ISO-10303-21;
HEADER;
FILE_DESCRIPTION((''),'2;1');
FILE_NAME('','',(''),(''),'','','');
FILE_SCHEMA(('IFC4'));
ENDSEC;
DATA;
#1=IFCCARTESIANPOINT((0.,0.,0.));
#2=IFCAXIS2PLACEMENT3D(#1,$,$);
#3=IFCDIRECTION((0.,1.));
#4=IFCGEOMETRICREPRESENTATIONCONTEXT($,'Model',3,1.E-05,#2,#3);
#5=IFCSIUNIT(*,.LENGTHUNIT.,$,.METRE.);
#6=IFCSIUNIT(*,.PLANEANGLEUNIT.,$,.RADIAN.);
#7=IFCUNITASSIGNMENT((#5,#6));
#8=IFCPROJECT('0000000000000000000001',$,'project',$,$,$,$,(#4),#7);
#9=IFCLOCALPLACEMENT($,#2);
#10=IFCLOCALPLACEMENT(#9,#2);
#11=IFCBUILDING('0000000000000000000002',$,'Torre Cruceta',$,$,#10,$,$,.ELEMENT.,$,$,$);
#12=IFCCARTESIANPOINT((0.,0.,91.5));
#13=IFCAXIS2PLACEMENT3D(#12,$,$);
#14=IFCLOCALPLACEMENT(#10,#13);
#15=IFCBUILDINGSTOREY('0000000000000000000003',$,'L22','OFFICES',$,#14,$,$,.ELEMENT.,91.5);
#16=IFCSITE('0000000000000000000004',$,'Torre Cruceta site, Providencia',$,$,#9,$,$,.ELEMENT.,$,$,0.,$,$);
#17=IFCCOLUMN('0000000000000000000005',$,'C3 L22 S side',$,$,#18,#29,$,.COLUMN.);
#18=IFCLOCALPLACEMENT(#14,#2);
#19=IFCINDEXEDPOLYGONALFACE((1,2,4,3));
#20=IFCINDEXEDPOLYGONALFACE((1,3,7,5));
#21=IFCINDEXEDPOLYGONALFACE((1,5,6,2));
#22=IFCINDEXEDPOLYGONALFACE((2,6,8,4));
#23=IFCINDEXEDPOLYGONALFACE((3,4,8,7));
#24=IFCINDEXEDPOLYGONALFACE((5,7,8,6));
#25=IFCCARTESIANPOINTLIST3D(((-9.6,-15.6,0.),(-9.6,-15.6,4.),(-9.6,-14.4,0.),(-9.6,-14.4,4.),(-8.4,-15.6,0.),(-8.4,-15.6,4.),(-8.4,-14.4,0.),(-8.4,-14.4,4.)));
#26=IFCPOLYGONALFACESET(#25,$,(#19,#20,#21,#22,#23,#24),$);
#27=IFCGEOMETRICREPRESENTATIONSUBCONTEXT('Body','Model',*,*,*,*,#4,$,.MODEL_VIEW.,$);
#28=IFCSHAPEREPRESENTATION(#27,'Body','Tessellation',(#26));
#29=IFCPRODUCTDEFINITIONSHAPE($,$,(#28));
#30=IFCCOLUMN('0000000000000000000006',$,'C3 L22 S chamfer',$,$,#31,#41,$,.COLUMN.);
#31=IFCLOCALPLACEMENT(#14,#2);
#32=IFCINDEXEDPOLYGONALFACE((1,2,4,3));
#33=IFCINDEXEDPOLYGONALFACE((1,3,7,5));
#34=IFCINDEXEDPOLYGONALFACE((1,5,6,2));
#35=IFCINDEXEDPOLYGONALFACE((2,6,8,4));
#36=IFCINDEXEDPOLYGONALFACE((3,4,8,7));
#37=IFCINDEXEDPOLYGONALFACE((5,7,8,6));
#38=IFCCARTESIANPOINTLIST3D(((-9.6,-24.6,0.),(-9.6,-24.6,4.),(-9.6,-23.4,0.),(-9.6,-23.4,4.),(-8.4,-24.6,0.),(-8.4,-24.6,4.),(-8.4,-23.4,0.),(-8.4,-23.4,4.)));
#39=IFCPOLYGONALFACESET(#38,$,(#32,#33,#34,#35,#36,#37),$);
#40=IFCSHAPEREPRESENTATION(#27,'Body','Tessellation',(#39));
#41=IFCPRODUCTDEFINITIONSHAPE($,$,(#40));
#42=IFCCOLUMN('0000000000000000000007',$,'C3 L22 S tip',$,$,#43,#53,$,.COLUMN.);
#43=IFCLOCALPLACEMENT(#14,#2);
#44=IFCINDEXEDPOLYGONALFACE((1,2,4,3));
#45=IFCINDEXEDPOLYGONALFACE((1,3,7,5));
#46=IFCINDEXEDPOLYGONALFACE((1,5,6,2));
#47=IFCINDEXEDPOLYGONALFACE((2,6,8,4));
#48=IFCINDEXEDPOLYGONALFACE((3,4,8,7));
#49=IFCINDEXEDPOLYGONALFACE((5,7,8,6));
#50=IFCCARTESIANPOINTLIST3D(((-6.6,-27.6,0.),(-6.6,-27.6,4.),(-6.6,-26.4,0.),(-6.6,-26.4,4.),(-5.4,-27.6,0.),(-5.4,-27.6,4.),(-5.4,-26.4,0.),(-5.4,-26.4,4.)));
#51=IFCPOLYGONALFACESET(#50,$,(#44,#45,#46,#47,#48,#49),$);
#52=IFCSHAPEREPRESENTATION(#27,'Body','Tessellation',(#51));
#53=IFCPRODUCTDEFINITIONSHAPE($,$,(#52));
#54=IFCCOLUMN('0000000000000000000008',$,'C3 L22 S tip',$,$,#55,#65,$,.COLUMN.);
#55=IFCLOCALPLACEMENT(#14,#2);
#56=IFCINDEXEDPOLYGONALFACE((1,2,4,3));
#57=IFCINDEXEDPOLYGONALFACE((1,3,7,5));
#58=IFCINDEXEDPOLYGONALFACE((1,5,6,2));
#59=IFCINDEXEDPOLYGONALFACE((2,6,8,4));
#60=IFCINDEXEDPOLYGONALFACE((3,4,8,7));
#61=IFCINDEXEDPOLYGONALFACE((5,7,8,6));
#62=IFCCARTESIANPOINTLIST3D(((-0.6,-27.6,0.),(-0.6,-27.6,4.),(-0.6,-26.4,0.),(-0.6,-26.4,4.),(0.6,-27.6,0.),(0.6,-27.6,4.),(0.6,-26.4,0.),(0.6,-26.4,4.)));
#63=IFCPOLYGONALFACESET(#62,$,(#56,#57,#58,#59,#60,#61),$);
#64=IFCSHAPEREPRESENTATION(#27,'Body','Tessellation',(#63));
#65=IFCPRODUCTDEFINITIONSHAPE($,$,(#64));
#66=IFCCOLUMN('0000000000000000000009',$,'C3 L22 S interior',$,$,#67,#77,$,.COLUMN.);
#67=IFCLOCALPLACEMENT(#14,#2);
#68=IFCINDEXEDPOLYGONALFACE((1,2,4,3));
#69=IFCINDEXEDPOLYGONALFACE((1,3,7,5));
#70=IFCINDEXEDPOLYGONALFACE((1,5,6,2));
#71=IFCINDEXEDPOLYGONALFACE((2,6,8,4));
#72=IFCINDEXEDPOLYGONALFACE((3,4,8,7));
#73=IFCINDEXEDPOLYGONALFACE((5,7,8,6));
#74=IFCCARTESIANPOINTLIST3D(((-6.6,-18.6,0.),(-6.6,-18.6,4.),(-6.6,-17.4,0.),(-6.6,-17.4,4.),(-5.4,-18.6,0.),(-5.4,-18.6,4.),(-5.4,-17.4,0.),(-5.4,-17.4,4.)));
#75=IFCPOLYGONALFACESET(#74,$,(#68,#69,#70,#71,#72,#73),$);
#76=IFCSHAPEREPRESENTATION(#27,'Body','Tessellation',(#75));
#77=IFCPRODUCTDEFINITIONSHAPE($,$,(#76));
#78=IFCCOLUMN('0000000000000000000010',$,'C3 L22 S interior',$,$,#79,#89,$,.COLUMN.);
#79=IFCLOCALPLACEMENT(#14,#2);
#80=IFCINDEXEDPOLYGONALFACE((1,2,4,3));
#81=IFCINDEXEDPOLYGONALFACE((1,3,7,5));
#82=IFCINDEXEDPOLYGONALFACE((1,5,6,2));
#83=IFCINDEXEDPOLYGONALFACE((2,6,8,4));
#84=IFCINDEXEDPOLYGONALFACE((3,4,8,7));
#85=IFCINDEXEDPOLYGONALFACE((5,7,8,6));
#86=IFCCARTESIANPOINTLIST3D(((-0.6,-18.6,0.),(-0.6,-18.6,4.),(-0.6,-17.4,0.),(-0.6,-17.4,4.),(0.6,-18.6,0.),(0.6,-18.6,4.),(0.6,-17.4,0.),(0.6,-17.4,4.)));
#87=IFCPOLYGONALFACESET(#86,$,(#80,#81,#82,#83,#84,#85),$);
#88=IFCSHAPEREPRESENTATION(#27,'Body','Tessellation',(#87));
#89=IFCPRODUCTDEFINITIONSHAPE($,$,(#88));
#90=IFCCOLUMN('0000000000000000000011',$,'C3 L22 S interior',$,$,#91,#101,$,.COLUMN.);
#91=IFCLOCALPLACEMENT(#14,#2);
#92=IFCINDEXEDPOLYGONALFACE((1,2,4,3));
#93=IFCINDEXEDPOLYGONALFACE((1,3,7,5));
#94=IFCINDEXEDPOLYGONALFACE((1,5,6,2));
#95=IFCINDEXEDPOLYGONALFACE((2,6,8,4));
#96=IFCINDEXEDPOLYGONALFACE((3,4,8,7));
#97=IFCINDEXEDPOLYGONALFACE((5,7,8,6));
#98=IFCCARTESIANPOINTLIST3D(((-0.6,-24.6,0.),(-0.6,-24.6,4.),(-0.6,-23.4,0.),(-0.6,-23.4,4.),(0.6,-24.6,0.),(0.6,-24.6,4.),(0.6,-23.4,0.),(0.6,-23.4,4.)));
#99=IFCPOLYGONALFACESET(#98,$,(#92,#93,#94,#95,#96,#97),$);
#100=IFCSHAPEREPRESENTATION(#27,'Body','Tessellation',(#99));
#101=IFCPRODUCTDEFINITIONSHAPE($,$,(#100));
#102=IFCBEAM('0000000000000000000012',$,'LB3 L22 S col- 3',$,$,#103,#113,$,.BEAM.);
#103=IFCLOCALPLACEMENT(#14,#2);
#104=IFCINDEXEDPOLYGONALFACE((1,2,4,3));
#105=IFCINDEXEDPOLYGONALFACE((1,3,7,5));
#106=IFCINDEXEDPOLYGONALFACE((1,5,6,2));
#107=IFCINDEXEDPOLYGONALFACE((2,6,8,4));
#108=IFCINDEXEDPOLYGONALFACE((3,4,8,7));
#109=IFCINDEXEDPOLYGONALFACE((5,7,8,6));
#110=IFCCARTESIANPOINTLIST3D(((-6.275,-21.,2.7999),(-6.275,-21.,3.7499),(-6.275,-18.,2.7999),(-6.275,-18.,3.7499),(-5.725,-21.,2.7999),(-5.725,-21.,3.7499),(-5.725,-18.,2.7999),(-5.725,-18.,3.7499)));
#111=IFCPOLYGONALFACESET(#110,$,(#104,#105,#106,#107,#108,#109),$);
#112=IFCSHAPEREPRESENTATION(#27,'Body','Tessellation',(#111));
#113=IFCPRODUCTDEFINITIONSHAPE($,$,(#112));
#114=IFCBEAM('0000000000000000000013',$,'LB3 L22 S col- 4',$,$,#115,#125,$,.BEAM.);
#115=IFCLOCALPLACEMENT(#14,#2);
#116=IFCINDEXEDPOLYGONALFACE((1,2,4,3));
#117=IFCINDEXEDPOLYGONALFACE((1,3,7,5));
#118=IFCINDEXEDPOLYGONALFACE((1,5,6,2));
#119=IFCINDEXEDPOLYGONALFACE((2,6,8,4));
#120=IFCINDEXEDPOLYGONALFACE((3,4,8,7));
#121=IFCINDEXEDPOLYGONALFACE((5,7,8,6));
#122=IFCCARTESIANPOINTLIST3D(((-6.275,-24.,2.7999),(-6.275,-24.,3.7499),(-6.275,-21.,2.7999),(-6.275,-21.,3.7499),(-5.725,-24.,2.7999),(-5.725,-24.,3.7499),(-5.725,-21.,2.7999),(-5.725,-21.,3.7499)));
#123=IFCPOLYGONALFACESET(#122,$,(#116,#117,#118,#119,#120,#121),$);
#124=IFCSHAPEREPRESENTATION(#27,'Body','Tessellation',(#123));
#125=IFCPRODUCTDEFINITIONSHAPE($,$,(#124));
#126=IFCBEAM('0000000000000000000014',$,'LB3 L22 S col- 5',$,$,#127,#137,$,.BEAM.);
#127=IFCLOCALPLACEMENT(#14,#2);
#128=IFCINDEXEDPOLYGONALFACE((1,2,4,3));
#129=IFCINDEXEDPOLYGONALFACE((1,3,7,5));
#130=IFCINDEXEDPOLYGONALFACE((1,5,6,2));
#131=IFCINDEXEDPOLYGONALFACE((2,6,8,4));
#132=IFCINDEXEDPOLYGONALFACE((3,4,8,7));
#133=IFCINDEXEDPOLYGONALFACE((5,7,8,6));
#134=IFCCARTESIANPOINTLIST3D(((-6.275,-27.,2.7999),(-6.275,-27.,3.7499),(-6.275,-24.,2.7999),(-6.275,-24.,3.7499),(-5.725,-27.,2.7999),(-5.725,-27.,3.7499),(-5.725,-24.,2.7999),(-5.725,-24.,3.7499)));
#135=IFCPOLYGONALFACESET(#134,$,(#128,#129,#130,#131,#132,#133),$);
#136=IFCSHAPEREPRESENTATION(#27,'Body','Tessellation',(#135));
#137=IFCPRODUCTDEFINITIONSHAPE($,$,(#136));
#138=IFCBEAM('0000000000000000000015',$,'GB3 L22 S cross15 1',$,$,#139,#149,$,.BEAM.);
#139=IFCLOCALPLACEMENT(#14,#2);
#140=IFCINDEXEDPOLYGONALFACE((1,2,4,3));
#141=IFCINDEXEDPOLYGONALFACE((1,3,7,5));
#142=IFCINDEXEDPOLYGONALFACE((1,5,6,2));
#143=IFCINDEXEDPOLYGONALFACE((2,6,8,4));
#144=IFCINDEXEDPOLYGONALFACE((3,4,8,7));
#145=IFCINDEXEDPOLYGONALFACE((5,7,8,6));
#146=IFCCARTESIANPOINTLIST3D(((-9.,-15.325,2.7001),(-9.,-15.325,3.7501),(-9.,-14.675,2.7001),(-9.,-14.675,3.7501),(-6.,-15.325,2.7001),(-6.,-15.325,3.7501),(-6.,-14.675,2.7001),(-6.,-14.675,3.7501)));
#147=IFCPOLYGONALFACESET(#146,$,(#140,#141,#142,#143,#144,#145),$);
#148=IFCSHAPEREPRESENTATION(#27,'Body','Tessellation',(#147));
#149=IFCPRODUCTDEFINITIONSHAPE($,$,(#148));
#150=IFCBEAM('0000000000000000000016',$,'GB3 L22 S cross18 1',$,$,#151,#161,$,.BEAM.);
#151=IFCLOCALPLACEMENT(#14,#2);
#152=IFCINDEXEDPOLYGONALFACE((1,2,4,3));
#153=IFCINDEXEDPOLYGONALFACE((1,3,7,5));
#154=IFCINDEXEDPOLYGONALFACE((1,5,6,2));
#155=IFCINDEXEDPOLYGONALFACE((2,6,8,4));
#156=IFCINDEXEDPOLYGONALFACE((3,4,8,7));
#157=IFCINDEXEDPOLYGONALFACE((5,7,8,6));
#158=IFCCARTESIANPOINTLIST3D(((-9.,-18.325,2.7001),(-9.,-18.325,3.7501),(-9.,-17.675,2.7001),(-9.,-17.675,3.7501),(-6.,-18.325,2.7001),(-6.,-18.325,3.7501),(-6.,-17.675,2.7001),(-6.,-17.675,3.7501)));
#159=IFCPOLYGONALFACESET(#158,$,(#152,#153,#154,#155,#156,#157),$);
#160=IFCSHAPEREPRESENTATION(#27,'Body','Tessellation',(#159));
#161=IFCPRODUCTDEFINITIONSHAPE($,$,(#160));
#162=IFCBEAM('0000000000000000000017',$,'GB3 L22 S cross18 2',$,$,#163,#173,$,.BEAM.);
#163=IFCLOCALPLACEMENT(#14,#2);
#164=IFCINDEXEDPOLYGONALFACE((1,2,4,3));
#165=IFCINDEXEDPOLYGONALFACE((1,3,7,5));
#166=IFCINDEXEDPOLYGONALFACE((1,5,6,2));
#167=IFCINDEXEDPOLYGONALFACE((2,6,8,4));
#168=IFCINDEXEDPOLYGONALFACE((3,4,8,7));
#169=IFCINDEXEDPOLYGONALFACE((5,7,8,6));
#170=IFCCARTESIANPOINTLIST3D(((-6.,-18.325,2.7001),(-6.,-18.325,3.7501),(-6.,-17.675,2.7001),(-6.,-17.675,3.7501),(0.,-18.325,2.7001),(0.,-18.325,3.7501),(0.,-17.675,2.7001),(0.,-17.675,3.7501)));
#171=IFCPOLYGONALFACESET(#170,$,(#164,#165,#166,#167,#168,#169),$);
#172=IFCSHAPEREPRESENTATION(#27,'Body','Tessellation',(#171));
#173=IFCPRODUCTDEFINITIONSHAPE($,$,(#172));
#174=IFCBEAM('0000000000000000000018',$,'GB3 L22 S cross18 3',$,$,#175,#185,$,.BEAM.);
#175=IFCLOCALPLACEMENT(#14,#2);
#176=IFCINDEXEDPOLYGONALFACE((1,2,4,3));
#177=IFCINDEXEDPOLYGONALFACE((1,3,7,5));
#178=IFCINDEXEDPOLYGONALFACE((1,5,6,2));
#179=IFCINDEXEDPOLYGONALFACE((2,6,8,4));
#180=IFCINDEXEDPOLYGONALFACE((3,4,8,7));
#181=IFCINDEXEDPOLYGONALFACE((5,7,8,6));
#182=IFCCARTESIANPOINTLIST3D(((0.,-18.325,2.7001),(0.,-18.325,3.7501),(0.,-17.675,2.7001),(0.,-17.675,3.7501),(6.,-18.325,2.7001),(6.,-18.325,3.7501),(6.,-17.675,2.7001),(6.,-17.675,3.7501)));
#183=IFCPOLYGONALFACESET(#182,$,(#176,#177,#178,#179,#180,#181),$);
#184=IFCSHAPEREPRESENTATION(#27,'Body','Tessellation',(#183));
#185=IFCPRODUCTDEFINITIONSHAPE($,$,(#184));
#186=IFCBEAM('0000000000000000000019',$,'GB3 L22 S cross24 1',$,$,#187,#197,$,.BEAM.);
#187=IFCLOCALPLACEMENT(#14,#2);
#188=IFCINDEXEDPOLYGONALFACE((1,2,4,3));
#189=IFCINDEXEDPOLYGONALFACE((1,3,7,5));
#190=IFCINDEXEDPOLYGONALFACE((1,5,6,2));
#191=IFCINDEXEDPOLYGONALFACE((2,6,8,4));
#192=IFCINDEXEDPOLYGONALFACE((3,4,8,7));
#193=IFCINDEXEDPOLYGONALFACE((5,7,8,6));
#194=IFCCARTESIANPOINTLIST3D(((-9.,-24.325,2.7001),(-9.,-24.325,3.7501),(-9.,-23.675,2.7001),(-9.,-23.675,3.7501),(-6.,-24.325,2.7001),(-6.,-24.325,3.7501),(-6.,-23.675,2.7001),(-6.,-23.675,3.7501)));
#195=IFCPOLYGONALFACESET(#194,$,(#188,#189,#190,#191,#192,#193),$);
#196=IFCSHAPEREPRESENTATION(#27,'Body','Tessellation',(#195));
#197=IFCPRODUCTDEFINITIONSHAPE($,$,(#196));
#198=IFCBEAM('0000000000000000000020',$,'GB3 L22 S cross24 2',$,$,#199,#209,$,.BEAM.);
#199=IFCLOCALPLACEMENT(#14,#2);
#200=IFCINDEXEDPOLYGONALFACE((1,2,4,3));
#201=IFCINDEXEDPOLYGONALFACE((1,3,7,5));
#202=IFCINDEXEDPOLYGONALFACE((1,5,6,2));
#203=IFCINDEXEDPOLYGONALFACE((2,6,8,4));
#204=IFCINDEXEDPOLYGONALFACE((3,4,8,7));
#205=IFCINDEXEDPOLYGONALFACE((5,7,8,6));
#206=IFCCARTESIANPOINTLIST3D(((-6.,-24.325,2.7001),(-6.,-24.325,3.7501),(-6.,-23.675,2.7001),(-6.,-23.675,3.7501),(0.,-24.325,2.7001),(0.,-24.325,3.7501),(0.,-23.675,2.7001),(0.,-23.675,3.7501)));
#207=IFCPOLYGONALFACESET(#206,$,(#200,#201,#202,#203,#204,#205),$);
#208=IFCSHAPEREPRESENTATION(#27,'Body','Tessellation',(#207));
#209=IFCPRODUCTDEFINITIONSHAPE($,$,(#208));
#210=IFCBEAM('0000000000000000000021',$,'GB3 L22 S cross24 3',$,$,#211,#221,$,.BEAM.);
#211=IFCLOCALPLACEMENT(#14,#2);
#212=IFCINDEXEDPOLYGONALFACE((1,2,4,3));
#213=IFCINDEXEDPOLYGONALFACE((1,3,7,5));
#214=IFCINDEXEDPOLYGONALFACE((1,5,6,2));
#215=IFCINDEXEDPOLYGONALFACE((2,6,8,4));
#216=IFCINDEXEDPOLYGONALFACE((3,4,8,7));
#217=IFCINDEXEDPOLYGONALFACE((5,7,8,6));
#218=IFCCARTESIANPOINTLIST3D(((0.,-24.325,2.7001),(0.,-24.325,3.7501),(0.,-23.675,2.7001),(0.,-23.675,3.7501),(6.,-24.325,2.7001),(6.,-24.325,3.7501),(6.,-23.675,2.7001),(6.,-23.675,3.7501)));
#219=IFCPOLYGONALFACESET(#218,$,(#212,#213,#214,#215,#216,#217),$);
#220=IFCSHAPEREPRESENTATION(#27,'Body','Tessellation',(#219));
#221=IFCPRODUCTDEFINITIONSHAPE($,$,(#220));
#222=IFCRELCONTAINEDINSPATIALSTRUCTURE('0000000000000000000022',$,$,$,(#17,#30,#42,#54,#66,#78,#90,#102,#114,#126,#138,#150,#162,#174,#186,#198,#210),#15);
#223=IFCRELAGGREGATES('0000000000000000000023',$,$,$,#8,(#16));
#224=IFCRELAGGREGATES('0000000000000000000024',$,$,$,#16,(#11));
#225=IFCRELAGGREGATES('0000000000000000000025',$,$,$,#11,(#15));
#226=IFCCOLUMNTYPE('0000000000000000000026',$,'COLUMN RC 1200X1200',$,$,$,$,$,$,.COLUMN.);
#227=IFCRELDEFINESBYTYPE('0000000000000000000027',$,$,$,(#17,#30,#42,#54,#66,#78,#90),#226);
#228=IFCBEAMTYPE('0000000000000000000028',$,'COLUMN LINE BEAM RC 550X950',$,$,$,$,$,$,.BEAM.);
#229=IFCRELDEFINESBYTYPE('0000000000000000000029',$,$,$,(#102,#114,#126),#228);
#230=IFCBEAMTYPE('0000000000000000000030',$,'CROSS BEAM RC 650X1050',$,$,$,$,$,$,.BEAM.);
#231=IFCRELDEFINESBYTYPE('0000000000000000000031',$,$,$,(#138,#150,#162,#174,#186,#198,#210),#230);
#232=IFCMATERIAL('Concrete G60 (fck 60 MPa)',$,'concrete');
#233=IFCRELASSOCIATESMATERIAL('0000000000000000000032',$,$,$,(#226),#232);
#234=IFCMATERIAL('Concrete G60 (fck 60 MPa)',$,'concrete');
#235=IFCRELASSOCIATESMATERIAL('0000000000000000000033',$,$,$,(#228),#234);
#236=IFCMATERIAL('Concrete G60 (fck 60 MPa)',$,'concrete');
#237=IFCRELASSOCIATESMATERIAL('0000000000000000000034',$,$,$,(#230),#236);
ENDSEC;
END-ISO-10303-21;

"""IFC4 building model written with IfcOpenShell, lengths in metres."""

from ifc_helpers import new_model, si_unit, direction, frame, origin, origin_2d, place, context, subcontext, project, spatial, rectangle, extrude, material, material_profile, profile_set, type_object, element, save


model = new_model("IFC4")

# Units and contexts
model_context = context("Model", 3, precision=1e-05, world=origin(), true_north=direction((0.0, 1.0)))
body_context = subcontext(model_context, "Body", "Model", "MODEL_VIEW")
ifc_project = project(units=[si_unit("LENGTHUNIT", "METRE"), si_unit("PLANEANGLEUNIT", "RADIAN")], contexts=[model_context])

# Site, building, storey
site_placement = place(None, origin())
site = spatial("IfcSite", under=ifc_project, at=site_placement, Name="Torre Cruceta site, Providencia", CompositionType="ELEMENT", RefElevation=0.0)
building_placement = place(site_placement, origin())
building = spatial("IfcBuilding", under=site, at=building_placement, Name="Torre Cruceta", CompositionType="ELEMENT")
storey_placement = place(building_placement, frame((0.0, 0.0, 91.5)))
storey = spatial("IfcBuildingStorey", under=building, at=storey_placement, Name="L22", Description="OFFICES", CompositionType="ELEMENT", Elevation=91.5)

# Columns
ifc_material_1 = material(Name="Concrete G60 (fck 60 MPa)", Category="concrete")
ifc_material_profile_1 = material_profile(ifc_material_1, rectangle(XDim=1.2, YDim=1.2, at=origin_2d()), Name="RC 1200X1200")
ifc_profile_set_1 = profile_set([ifc_material_profile_1], Name="Concrete G60 (fck 60 MPa)")
column_type = type_object("IfcColumnType", Name="COLUMN RC 1200X1200", PredefinedType="COLUMN", material=ifc_profile_set_1)
for number, where, z_axis, x_axis, name in (
    (1, (-9.0, -15.0, 0.0), (0.0, 0.0, 1.0), (1.0, 0.0, 0.0), "C3 L22 S side"),
    (2, (-9.0, -24.0, 0.0), (0.0, 0.0, 1.0), (1.0, 0.0, 0.0), "C3 L22 S chamfer"),
    (3, (-6.0, -27.0, 0.0), (0.0, 0.0, 1.0), (1.0, 0.0, 0.0), "C3 L22 S tip"),
    (4, (0.0, -27.0, 0.0), (0.0, 0.0, 1.0), (1.0, 0.0, 0.0), "C3 L22 S tip"),
    (5, (-6.0, -18.0, 0.0), (0.0, 0.0, 1.0), (1.0, 0.0, 0.0), "C3 L22 S interior"),
    (6, (0.0, -18.0, 0.0), (0.0, 0.0, 1.0), (1.0, 0.0, 0.0), "C3 L22 S interior"),
    (7, (0.0, -24.0, 0.0), (0.0, 0.0, 1.0), (1.0, 0.0, 0.0), "C3 L22 S interior"),
):
    element("IfcColumn", number, at=place(storey_placement, frame(where, z_axis=z_axis, x_axis=x_axis)), inside=storey, type_object=column_type, Name=name, PredefinedType="COLUMN", context=body_context, shape_type="SweptSolid", body=[
        extrude(rectangle(XDim=1.2, YDim=1.2, at=origin_2d()), origin(), (0.0, 0.0, 1.0), 4.0),
    ])

# Beams
ifc_material_2 = material(Name="Concrete G60 (fck 60 MPa)", Category="concrete")
ifc_material_profile_2 = material_profile(ifc_material_2, rectangle(XDim=0.55, YDim=0.95, at=origin_2d()), Name="RC 550X950")
ifc_profile_set_2 = profile_set([ifc_material_profile_2], Name="Concrete G60 (fck 60 MPa)")
beam_type_1 = type_object("IfcBeamType", Name="COLUMN LINE BEAM RC 550X950", PredefinedType="BEAM", material=ifc_profile_set_2)
for number, where, z_axis, x_axis, name in (
    (8, (-6.0, -18.0, 3.2749), (0.0, -1.0, 0.0), (1.0, 0.0, 0.0), "LB3 L22 S col- 3"),
    (9, (-6.0, -21.0, 3.2749), (0.0, -1.0, 0.0), (1.0, 0.0, 0.0), "LB3 L22 S col- 4"),
    (10, (-6.0, -24.0, 3.2749), (0.0, -1.0, 0.0), (1.0, 0.0, 0.0), "LB3 L22 S col- 5"),
):
    element("IfcBeam", number, at=place(storey_placement, frame(where, z_axis=z_axis, x_axis=x_axis)), inside=storey, type_object=beam_type_1, Name=name, PredefinedType="BEAM", context=body_context, shape_type="SweptSolid", body=[
        extrude(rectangle(XDim=0.55, YDim=0.95, at=origin_2d()), origin(), (0.0, 0.0, 1.0), 3.0),
    ])
ifc_material_3 = material(Name="Concrete G60 (fck 60 MPa)", Category="concrete")
ifc_material_profile_3 = material_profile(ifc_material_3, rectangle(XDim=0.6499, YDim=1.05, at=origin_2d()), Name="RC 650X1050")
ifc_profile_set_3 = profile_set([ifc_material_profile_3], Name="Concrete G60 (fck 60 MPa)")
beam_type_2 = type_object("IfcBeamType", Name="CROSS BEAM RC 650X1050", PredefinedType="BEAM", material=ifc_profile_set_3)
for number, where, z_axis, x_axis, name in (
    (11, (-9.0, -15.0, 3.2251), (1.0, 0.0, 0.0), (0.0, 1.0, 0.0), "GB3 L22 S cross15 1"),
    (12, (-9.0, -18.0, 3.2251), (1.0, 0.0, 0.0), (0.0, 1.0, 0.0), "GB3 L22 S cross18 1"),
):
    element("IfcBeam", number, at=place(storey_placement, frame(where, z_axis=z_axis, x_axis=x_axis)), inside=storey, type_object=beam_type_2, Name=name, PredefinedType="BEAM", context=body_context, shape_type="SweptSolid", body=[
        extrude(rectangle(XDim=0.6499, YDim=1.05, at=origin_2d()), origin(), (0.0, 0.0, 1.0), 3.0),
    ])
for number, where, z_axis, x_axis, name in (
    (13, (-6.0, -18.0, 3.2251), (1.0, 0.0, 0.0), (0.0, 1.0, 0.0), "GB3 L22 S cross18 2"),
    (14, (0.0, -18.0, 3.2251), (1.0, 0.0, 0.0), (0.0, 1.0, 0.0), "GB3 L22 S cross18 3"),
):
    element("IfcBeam", number, at=place(storey_placement, frame(where, z_axis=z_axis, x_axis=x_axis)), inside=storey, type_object=beam_type_2, Name=name, PredefinedType="BEAM", context=body_context, shape_type="SweptSolid", body=[
        extrude(rectangle(XDim=0.6499, YDim=1.05, at=origin_2d()), origin(), (0.0, 0.0, 1.0), 6.0),
    ])
beam_1_placement = place(storey_placement, frame((-9.0, -24.0, 3.2251), z_axis=(1.0, 0.0, 0.0), x_axis=(0.0, 1.0, 0.0)))
element("IfcBeam", 15, at=beam_1_placement, inside=storey, type_object=beam_type_2, Name="GB3 L22 S cross24 1", PredefinedType="BEAM", context=body_context, shape_type="SweptSolid", body=[
    extrude(rectangle(XDim=0.6499, YDim=1.05, at=origin_2d()), origin(), (0.0, 0.0, 1.0), 3.0),
])
for number, where, z_axis, x_axis, name in (
    (16, (-6.0, -24.0, 3.2251), (1.0, 0.0, 0.0), (0.0, 1.0, 0.0), "GB3 L22 S cross24 2"),
    (17, (0.0, -24.0, 3.2251), (1.0, 0.0, 0.0), (0.0, 1.0, 0.0), "GB3 L22 S cross24 3"),
):
    element("IfcBeam", number, at=place(storey_placement, frame(where, z_axis=z_axis, x_axis=x_axis)), inside=storey, type_object=beam_type_2, Name=name, PredefinedType="BEAM", context=body_context, shape_type="SweptSolid", body=[
        extrude(rectangle(XDim=0.6499, YDim=1.05, at=origin_2d()), origin(), (0.0, 0.0, 1.0), 6.0),
    ])

save(model, "model.ifc")
